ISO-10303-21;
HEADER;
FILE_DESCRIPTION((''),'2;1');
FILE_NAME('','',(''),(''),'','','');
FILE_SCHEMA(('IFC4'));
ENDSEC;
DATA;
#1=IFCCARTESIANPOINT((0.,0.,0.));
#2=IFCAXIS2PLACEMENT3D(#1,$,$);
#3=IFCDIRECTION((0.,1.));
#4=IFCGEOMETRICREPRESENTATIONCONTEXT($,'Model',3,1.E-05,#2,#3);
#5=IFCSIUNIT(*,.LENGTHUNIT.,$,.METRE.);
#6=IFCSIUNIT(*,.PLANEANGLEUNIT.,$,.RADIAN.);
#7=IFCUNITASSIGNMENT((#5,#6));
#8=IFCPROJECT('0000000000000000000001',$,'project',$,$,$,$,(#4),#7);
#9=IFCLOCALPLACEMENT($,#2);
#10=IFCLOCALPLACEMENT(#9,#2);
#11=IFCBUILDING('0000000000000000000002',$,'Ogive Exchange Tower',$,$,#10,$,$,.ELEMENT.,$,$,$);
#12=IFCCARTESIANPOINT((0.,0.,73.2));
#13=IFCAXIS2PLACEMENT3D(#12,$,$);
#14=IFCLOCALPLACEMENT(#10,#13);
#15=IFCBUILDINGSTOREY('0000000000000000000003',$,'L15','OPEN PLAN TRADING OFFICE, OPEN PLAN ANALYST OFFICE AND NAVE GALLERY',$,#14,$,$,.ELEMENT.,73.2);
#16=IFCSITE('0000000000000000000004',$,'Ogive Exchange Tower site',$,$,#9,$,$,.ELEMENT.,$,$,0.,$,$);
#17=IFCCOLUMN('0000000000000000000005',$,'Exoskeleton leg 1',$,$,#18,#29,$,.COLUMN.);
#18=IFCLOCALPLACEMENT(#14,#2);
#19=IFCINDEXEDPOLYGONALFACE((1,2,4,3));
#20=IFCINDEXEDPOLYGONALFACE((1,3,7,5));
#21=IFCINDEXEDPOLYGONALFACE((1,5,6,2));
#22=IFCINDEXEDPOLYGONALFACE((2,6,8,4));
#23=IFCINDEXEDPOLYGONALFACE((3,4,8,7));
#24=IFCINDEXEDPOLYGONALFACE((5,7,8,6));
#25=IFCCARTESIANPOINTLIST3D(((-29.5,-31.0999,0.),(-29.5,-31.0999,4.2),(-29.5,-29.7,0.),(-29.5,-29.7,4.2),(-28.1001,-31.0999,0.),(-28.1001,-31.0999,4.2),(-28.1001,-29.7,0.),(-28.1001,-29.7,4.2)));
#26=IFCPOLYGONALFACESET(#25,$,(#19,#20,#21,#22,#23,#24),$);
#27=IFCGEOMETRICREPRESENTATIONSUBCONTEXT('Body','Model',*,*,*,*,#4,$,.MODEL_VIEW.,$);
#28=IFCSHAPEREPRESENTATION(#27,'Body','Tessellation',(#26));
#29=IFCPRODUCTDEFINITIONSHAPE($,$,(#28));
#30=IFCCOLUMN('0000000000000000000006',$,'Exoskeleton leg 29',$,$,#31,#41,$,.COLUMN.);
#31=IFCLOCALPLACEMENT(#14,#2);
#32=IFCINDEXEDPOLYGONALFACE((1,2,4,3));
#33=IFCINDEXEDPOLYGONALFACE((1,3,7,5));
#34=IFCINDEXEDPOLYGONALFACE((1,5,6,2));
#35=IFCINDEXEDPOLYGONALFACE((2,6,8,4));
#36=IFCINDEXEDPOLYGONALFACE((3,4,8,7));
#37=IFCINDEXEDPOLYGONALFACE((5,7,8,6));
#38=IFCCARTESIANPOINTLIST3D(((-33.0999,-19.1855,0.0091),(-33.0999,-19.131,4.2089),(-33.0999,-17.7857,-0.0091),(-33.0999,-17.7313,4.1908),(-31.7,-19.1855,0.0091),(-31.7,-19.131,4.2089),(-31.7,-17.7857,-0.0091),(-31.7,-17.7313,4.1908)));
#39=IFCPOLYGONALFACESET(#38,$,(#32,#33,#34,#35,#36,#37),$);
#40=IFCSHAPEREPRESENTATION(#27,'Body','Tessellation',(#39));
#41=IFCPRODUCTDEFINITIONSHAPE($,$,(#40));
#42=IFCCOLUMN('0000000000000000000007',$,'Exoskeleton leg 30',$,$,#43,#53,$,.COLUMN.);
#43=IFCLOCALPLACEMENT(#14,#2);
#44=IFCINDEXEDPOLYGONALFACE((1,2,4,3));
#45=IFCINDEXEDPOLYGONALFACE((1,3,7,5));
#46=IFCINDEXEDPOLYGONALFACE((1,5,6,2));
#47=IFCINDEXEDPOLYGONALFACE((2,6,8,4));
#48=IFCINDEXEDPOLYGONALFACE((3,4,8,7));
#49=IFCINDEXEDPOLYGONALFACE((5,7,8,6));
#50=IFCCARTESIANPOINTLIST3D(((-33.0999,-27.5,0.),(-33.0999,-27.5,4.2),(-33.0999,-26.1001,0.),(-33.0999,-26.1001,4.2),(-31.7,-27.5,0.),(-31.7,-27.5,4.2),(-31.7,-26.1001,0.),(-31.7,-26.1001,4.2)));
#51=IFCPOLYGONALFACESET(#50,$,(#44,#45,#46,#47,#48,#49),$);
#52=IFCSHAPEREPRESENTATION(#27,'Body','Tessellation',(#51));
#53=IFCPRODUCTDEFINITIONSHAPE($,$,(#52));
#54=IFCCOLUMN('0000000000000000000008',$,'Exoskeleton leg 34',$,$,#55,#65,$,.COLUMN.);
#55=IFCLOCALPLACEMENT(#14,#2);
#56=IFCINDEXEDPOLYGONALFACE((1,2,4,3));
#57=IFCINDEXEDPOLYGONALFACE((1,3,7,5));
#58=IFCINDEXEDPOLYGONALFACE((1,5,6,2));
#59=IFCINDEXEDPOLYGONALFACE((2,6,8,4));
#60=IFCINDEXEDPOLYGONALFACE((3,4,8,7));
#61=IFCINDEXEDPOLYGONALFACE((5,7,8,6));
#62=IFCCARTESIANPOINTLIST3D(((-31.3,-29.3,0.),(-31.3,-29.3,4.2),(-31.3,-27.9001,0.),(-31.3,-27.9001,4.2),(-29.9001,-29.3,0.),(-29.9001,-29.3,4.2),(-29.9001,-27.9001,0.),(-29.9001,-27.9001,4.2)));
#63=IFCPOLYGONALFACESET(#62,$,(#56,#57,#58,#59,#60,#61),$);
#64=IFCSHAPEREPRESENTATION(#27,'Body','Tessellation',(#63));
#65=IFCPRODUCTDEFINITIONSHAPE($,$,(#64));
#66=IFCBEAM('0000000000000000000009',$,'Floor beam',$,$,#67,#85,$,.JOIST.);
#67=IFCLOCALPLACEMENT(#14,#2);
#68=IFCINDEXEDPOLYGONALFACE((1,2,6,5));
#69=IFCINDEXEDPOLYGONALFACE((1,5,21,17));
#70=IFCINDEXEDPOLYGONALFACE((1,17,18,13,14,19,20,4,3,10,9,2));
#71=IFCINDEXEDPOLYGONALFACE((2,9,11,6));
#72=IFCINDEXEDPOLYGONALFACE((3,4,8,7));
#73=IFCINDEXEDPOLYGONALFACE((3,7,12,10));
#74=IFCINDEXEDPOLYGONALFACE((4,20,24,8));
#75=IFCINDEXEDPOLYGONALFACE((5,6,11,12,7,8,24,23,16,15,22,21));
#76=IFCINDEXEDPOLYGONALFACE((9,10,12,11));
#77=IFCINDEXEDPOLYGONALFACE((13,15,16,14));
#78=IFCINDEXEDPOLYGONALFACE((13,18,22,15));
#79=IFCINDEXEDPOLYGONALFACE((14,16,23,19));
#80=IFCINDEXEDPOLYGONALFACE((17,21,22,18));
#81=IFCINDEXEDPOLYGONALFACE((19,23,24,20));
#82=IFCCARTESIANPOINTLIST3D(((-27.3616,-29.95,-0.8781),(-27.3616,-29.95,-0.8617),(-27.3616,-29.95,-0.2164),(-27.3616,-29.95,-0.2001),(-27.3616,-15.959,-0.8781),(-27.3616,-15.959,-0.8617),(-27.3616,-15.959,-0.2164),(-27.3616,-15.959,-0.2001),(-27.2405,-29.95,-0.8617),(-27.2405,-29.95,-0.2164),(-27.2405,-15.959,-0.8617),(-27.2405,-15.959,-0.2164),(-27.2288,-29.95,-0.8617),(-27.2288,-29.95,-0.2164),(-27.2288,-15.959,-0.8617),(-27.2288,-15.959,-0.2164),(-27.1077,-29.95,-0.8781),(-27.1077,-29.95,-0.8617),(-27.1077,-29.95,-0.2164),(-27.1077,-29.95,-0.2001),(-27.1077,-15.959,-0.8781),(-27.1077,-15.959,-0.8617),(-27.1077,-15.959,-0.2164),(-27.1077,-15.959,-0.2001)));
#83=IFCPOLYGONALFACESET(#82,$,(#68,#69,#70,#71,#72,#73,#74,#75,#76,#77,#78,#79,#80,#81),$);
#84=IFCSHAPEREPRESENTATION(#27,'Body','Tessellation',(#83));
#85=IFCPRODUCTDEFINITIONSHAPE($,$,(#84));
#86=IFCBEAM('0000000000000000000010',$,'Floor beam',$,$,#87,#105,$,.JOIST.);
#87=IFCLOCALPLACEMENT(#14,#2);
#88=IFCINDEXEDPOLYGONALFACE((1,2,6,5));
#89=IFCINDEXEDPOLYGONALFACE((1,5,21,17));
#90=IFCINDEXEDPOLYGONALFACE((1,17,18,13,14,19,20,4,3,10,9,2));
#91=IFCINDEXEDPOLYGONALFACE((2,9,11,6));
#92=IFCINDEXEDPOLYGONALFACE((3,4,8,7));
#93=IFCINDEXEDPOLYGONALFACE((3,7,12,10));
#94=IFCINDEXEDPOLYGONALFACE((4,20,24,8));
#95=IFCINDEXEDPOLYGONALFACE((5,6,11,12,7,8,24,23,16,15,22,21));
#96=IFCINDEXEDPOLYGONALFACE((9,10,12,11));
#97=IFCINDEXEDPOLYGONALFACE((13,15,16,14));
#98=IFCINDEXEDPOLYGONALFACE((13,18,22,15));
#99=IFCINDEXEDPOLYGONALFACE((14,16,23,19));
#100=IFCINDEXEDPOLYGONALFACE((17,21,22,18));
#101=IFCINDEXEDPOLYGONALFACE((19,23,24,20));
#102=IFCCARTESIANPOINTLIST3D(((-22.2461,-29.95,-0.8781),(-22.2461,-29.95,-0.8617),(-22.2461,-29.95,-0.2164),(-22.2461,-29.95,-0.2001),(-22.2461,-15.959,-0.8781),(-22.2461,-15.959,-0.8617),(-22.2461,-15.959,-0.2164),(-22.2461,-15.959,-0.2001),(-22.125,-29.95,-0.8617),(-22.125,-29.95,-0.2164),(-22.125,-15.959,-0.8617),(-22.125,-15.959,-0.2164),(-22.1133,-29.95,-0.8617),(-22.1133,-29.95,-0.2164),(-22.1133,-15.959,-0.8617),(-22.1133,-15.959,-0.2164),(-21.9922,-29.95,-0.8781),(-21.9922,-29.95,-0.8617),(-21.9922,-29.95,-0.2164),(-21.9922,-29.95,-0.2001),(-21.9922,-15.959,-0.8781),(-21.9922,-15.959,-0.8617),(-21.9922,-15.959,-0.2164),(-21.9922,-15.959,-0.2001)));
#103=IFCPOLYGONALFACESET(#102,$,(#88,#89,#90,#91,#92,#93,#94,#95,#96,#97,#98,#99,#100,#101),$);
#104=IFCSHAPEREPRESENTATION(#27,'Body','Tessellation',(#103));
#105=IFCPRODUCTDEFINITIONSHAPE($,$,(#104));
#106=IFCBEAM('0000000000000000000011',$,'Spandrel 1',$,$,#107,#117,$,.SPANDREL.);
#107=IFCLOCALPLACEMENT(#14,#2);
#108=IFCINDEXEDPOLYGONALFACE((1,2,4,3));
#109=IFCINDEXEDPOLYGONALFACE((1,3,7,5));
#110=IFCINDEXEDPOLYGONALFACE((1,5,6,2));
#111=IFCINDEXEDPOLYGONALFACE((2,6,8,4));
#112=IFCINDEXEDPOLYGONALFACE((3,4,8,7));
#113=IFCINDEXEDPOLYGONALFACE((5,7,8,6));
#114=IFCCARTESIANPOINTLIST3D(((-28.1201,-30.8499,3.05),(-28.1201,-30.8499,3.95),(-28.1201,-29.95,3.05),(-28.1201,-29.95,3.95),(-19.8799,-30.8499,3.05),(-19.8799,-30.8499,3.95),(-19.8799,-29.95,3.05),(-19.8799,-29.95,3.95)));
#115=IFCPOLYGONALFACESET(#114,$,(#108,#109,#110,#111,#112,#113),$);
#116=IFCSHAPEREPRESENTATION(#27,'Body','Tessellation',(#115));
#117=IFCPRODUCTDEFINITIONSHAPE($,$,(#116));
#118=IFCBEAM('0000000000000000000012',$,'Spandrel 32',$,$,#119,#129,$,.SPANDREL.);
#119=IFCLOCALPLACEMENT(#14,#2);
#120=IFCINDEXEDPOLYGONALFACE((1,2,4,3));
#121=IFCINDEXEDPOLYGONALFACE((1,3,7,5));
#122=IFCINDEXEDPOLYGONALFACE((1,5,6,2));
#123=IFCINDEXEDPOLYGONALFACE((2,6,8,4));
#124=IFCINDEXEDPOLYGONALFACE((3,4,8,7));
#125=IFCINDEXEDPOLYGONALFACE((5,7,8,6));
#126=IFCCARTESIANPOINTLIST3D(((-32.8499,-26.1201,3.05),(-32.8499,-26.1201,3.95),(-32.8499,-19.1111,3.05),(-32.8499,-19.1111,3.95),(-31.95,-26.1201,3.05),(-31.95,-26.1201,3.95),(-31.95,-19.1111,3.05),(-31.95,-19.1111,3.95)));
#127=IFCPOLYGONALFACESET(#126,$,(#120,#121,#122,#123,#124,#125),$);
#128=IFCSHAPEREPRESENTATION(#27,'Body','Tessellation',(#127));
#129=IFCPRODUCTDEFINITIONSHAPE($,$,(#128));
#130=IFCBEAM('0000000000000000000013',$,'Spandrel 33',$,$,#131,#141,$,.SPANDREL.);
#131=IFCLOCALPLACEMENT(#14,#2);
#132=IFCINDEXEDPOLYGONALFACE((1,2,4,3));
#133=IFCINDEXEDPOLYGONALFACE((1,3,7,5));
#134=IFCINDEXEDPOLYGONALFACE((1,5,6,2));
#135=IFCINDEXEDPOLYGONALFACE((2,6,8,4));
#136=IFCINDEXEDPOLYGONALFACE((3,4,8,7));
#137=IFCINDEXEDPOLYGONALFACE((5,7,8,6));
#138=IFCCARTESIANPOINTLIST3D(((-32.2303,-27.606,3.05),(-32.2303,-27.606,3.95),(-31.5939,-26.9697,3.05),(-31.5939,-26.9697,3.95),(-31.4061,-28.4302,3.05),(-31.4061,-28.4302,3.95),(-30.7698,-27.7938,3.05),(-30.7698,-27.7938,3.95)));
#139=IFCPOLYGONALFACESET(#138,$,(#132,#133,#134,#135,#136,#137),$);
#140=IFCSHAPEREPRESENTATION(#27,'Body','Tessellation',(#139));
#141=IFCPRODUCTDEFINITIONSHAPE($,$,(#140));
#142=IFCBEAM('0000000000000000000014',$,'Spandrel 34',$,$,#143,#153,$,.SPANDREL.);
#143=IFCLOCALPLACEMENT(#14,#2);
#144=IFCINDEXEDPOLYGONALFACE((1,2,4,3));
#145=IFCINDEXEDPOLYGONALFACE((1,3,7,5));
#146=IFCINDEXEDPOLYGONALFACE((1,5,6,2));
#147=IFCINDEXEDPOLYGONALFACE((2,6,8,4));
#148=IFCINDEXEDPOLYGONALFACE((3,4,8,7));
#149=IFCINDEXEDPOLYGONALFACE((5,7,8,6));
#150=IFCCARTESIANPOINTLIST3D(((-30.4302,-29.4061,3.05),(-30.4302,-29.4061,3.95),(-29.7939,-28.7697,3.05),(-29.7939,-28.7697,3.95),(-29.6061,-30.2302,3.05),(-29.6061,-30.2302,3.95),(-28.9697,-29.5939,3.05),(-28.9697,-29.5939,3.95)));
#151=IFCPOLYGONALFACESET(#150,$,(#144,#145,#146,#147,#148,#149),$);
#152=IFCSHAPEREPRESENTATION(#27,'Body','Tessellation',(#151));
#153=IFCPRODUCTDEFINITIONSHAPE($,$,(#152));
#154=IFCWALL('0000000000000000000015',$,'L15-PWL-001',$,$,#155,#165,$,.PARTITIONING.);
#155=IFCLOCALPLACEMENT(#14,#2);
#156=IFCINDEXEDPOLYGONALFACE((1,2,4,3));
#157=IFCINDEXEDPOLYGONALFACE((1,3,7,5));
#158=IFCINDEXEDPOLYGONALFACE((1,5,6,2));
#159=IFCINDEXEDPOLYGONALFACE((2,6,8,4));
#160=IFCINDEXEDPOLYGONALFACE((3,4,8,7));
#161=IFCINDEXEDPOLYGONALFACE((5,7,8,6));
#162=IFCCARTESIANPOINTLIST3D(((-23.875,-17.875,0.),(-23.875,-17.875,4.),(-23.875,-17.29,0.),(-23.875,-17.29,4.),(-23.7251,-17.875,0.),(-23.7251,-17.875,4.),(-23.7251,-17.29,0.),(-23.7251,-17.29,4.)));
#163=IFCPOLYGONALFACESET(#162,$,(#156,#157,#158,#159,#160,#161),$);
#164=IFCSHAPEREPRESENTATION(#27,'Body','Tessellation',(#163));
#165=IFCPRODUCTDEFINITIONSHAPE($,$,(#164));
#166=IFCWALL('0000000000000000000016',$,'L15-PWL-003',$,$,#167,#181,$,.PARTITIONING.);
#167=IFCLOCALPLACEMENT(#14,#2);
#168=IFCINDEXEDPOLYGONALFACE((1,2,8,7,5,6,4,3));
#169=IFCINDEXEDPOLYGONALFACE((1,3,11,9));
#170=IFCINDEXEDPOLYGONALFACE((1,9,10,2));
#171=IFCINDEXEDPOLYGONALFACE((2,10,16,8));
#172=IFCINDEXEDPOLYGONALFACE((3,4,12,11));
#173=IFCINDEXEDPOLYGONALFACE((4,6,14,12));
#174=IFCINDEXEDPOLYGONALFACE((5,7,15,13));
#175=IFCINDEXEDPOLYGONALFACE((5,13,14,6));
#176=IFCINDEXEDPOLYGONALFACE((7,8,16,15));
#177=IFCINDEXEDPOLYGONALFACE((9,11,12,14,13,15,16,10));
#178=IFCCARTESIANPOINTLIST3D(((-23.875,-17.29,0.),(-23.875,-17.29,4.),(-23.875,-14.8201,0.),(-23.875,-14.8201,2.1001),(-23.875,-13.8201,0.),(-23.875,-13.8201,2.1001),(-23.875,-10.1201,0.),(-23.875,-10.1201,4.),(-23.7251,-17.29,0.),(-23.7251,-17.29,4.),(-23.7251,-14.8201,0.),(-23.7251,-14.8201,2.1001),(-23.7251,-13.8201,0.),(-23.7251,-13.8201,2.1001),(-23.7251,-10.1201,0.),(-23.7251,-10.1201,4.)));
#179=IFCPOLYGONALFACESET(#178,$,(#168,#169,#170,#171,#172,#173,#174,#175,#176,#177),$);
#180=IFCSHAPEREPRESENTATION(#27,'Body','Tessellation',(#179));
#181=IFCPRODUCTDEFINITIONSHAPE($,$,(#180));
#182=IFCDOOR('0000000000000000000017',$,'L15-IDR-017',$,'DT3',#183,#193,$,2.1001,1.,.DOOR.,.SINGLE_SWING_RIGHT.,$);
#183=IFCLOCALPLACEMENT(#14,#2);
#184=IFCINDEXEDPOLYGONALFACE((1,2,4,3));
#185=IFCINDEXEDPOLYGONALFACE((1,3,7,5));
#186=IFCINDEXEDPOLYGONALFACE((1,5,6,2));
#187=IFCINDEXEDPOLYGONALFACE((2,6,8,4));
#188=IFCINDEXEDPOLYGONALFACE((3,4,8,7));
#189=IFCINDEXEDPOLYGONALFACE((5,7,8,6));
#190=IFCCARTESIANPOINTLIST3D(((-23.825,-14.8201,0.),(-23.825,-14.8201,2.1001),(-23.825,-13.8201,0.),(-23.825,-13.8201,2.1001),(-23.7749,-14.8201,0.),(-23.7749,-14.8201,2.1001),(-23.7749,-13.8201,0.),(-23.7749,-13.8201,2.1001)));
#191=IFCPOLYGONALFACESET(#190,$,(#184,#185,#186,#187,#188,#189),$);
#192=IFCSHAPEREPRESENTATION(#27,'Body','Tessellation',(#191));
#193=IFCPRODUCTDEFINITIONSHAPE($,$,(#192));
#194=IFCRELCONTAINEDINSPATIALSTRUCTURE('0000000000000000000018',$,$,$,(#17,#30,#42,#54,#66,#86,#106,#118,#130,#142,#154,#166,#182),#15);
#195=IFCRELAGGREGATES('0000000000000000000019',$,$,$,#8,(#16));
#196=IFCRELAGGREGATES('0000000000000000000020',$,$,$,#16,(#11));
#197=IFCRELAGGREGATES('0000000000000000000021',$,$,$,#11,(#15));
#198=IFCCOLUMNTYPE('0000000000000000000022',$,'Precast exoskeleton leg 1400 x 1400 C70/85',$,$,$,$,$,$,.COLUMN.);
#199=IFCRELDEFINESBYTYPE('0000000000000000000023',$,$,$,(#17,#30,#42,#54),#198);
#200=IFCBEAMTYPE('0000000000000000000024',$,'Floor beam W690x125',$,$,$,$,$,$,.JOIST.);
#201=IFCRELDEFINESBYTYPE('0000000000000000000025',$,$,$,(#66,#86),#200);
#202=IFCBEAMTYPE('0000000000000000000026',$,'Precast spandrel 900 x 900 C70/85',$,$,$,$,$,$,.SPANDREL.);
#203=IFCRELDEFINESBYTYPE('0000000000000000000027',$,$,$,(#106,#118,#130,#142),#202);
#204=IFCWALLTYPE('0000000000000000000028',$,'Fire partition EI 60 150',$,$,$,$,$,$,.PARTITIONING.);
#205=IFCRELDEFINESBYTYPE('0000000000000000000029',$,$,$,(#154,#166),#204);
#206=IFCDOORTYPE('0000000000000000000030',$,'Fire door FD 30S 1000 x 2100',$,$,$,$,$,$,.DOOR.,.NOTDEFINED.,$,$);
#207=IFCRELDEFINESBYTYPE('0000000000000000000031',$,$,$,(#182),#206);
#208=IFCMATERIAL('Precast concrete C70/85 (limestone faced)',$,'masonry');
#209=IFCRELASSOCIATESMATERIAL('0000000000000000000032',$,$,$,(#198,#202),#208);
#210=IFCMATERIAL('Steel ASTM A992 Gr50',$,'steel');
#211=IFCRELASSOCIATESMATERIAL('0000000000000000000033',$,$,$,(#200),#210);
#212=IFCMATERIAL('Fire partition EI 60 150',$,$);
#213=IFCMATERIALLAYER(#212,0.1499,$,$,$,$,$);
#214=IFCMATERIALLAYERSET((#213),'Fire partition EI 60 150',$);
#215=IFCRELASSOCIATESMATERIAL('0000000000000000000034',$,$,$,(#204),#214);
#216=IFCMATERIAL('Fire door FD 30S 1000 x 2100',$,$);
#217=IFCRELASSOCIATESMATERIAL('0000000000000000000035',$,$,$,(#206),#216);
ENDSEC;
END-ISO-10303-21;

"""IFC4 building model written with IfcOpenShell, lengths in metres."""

from ifc_helpers import new_model, si_unit, direction, frame, frame_2d, origin, origin_2d, place, context, subcontext, project, spatial, rectangle, i_section, extrude, material, layer, layer_set, material_profile, profile_set, type_object, element, fill, save


model = new_model("IFC4")

# Units and contexts
model_context = context("Model", 3, precision=1e-05, world=origin(), true_north=direction((0.0, 1.0)))
body_context = subcontext(model_context, "Body", "Model", "MODEL_VIEW")
ifc_project = project(units=[si_unit("LENGTHUNIT", "METRE"), si_unit("PLANEANGLEUNIT", "RADIAN")], contexts=[model_context])

# Site, building, storey
site_placement = place(None, origin())
site = spatial("IfcSite", under=ifc_project, at=site_placement, Name="Ogive Exchange Tower site", CompositionType="ELEMENT", RefElevation=0.0)
building_placement = place(site_placement, origin())
building = spatial("IfcBuilding", under=site, at=building_placement, Name="Ogive Exchange Tower", CompositionType="ELEMENT")
storey_placement = place(building_placement, frame((0.0, 0.0, 73.2)))
storey = spatial("IfcBuildingStorey", under=building, at=storey_placement, Name="L15", Description="OPEN PLAN TRADING OFFICE, OPEN PLAN ANALYST OFFICE AND NAVE GALLERY", CompositionType="ELEMENT", Elevation=73.2)

# Columns
ifc_material_1 = material(Name="Precast concrete C70/85 (limestone faced)", Category="masonry")
ifc_material_profile_1 = material_profile(ifc_material_1, rectangle(XDim=1.3999, YDim=1.3999, at=origin_2d()), Name="1400 x 1400")
ifc_profile_set_1 = profile_set([ifc_material_profile_1], Name="Precast concrete C70/85 (limestone faced)")
column_type = type_object("IfcColumnType", Name="Precast exoskeleton leg 1400 x 1400 C70/85", PredefinedType="COLUMN", material=ifc_profile_set_1)
column_1_placement = place(storey_placement, frame((-28.8, -30.3999, 0.0), z_axis=(0.0, 0.0, 1.0), x_axis=(1.0, 0.0, 0.0)))
element("IfcColumn", 1, at=column_1_placement, inside=storey, type_object=column_type, Name="Exoskeleton leg 1", PredefinedType="COLUMN", context=body_context, shape_type="SweptSolid", body=[
    extrude(rectangle(XDim=1.3999, YDim=1.3999, at=origin_2d()), origin(), (0.0, 0.0, 1.0), 4.2),
])
column_2_placement = place(storey_placement, frame((-32.3999, -18.4856, 0.0), z_axis=(0.0, 0.012962, 0.999916), x_axis=(-1.0, 0.0, 0.0)))
element("IfcColumn", 2, at=column_2_placement, inside=storey, type_object=column_type, Name="Exoskeleton leg 29", PredefinedType="COLUMN", context=body_context, shape_type="SweptSolid", body=[
    extrude(rectangle(XDim=1.3999, YDim=1.3999, at=origin_2d()), origin(), (0.0, 0.0, 1.0), 4.2002),
])
for number, where, z_axis, x_axis, name in (
    (3, (-32.3999, -26.8, 0.0), (0.0, 0.0, 1.0), (1.0, 0.0, 0.0), "Exoskeleton leg 30"),
    (4, (-30.6001, -28.6001, 0.0), (0.0, 0.0, 1.0), (1.0, 0.0, 0.0), "Exoskeleton leg 34"),
):
    element("IfcColumn", number, at=place(storey_placement, frame(where, z_axis=z_axis, x_axis=x_axis)), inside=storey, type_object=column_type, Name=name, PredefinedType="COLUMN", context=body_context, shape_type="SweptSolid", body=[
        extrude(rectangle(XDim=1.3999, YDim=1.3999, at=origin_2d()), origin(), (0.0, 0.0, 1.0), 4.2),
    ])

# Beams
ifc_material_2 = material(Name="Steel ASTM A992 Gr50", Category="steel")
ifc_material_profile_2 = material_profile(ifc_material_2, i_section(OverallWidth=0.2539, OverallDepth=0.678, WebThickness=0.0117, FlangeThickness=0.0164, at=origin_2d()), Name="W690x125")
ifc_profile_set_2 = profile_set([ifc_material_profile_2], Name="Steel ASTM A992 Gr50")
beam_type_1 = type_object("IfcBeamType", Name="Floor beam W690x125", PredefinedType="JOIST", material=ifc_profile_set_2)
for number, where, z_axis, x_axis, name in (
    (5, (-27.2346, -29.95, -0.5391), (0.0, 1.0, 0.0), (-1.0, 0.0, 0.0), "Floor beam"),
    (6, (-22.1191, -29.95, -0.5391), (0.0, 1.0, 0.0), (-1.0, 0.0, 0.0), "Floor beam"),
):
    element("IfcBeam", number, at=place(storey_placement, frame(where, z_axis=z_axis, x_axis=x_axis)), inside=storey, type_object=beam_type_1, Name=name, PredefinedType="JOIST", context=body_context, shape_type="SweptSolid", body=[
        extrude(i_section(OverallWidth=0.2539, OverallDepth=0.678, WebThickness=0.0117, FlangeThickness=0.0164, at=origin_2d()), origin(), (0.0, 0.0, 1.0), 13.991),
    ])
ifc_material_profile_3 = material_profile(ifc_material_1, rectangle(XDim=0.8999, YDim=0.8999, at=origin_2d()), Name="900 x 900")
ifc_profile_set_3 = profile_set([ifc_material_profile_3], Name="Precast concrete C70/85 (limestone faced)")
beam_type_2 = type_object("IfcBeamType", Name="Precast spandrel 900 x 900 C70/85", PredefinedType="SPANDREL", material=ifc_profile_set_3)
beam_1_placement = place(storey_placement, frame((-28.1201, -30.3999, 3.5), z_axis=(1.0, 0.0, 0.0), x_axis=(0.0, 1.0, 0.0)))
element("IfcBeam", 7, at=beam_1_placement, inside=storey, type_object=beam_type_2, Name="Spandrel 1", PredefinedType="SPANDREL", context=body_context, shape_type="SweptSolid", body=[
    extrude(rectangle(XDim=0.8999, YDim=0.8999, at=origin_2d()), origin(), (0.0, 0.0, 1.0), 8.2402),
])
beam_2_placement = place(storey_placement, frame((-32.3999, -19.1111, 3.5), z_axis=(0.0, -1.0, 0.0), x_axis=(1.0, 0.0, 0.0)))
element("IfcBeam", 8, at=beam_2_placement, inside=storey, type_object=beam_type_2, Name="Spandrel 32", PredefinedType="SPANDREL", context=body_context, shape_type="SweptSolid", body=[
    extrude(rectangle(XDim=0.8999, YDim=0.8999, at=origin_2d()), origin(), (0.0, 0.0, 1.0), 7.009),
])
for number, where, z_axis, x_axis, name in (
    (9, (-31.9121, -27.2878, 3.5), (0.707107, -0.707107, 0.0), (0.707107, 0.707107, 0.0), "Spandrel 33"),
    (10, (-30.1121, -29.0879, 3.5), (0.707107, -0.707107, 0.0), (0.707107, 0.707107, 0.0), "Spandrel 34"),
):
    element("IfcBeam", number, at=place(storey_placement, frame(where, z_axis=z_axis, x_axis=x_axis)), inside=storey, type_object=beam_type_2, Name=name, PredefinedType="SPANDREL", context=body_context, shape_type="SweptSolid", body=[
        extrude(rectangle(XDim=0.8999, YDim=0.8999, at=origin_2d()), origin(), (0.0, 0.0, 1.0), 1.1655),
    ])

# Wall
ifc_material_3 = material(Name="Fire partition EI 60 150")
ifc_layer_1 = layer(ifc_material_3, 0.1499)
ifc_layer_set_1 = layer_set([ifc_layer_1], Name="Fire partition EI 60 150")
wall_type_1 = type_object("IfcWallType", Name="Fire partition EI 60 150", PredefinedType="PARTITIONING", material=ifc_layer_set_1)
wall_1_placement = place(storey_placement, frame((-23.8, -17.875, 0.0), z_axis=(0.0, 0.0, 1.0), x_axis=(0.0, 1.0, 0.0)))
element("IfcWall", 11, at=wall_1_placement, inside=storey, type_object=wall_type_1, Name="L15-PWL-001", PredefinedType="PARTITIONING", context=body_context, shape_type="SweptSolid", body=[
    extrude(rectangle(XDim=0.585, YDim=0.1499, at=frame_2d((0.2925, 0.0))), origin(), (0.0, 0.0, 1.0), 4.0),
])

# Wall, opening, door
wall_2_placement = place(storey_placement, frame((-23.8, -17.29, 0.0), z_axis=(0.0, 0.0, 1.0), x_axis=(0.0, 1.0, 0.0)))
wall_2 = element("IfcWall", 12, at=wall_2_placement, inside=storey, type_object=wall_type_1, Name="L15-PWL-003", PredefinedType="PARTITIONING", context=body_context, shape_type="SweptSolid", body=[
    extrude(rectangle(XDim=7.1699, YDim=0.1499, at=frame_2d((3.585, 0.0))), origin(), (0.0, 0.0, 1.0), 4.0),
])
opening_1_placement = place(wall_2_placement, frame((2.47, 0.0, 0.0)))
opening_1 = element("IfcOpeningElement", 13, at=opening_1_placement, cuts=wall_2, PredefinedType="OPENING", context=body_context, shape_type="SweptSolid", body=[
    extrude(rectangle(XDim=1.0, YDim=2.1001, at=frame_2d((0.5, 1.05))), frame((0.0, 0.085, 0.0), z_axis=(0.0, -1.0, 0.0), x_axis=(1.0, 0.0, 0.0)), (0.0, 0.0, 1.0), 0.1699),
])
ifc_material_4 = material(Name="Fire door FD 30S 1000 x 2100")
door_type_1 = type_object("IfcDoorType", Name="Fire door FD 30S 1000 x 2100", OperationType="NOTDEFINED", PredefinedType="DOOR", material=ifc_material_4)
door_1_placement = place(opening_1_placement, origin())
door_1 = element("IfcDoor", 14, at=door_1_placement, inside=storey, type_object=door_type_1, Name="L15-IDR-017", ObjectType="DT3", OperationType="SINGLE_SWING_RIGHT", OverallHeight=2.1001, OverallWidth=1.0, PredefinedType="DOOR", context=body_context, shape_type="SweptSolid", body=[
    extrude(rectangle(XDim=1.0, YDim=2.1001, at=frame_2d((0.5, 1.05))), frame((0.0, 0.0249, 0.0), z_axis=(0.0, -1.0, 0.0), x_axis=(1.0, 0.0, 0.0)), (0.0, 0.0, 1.0), 0.05),
])
fill(opening_1, door_1)

save(model, "model.ifc")
